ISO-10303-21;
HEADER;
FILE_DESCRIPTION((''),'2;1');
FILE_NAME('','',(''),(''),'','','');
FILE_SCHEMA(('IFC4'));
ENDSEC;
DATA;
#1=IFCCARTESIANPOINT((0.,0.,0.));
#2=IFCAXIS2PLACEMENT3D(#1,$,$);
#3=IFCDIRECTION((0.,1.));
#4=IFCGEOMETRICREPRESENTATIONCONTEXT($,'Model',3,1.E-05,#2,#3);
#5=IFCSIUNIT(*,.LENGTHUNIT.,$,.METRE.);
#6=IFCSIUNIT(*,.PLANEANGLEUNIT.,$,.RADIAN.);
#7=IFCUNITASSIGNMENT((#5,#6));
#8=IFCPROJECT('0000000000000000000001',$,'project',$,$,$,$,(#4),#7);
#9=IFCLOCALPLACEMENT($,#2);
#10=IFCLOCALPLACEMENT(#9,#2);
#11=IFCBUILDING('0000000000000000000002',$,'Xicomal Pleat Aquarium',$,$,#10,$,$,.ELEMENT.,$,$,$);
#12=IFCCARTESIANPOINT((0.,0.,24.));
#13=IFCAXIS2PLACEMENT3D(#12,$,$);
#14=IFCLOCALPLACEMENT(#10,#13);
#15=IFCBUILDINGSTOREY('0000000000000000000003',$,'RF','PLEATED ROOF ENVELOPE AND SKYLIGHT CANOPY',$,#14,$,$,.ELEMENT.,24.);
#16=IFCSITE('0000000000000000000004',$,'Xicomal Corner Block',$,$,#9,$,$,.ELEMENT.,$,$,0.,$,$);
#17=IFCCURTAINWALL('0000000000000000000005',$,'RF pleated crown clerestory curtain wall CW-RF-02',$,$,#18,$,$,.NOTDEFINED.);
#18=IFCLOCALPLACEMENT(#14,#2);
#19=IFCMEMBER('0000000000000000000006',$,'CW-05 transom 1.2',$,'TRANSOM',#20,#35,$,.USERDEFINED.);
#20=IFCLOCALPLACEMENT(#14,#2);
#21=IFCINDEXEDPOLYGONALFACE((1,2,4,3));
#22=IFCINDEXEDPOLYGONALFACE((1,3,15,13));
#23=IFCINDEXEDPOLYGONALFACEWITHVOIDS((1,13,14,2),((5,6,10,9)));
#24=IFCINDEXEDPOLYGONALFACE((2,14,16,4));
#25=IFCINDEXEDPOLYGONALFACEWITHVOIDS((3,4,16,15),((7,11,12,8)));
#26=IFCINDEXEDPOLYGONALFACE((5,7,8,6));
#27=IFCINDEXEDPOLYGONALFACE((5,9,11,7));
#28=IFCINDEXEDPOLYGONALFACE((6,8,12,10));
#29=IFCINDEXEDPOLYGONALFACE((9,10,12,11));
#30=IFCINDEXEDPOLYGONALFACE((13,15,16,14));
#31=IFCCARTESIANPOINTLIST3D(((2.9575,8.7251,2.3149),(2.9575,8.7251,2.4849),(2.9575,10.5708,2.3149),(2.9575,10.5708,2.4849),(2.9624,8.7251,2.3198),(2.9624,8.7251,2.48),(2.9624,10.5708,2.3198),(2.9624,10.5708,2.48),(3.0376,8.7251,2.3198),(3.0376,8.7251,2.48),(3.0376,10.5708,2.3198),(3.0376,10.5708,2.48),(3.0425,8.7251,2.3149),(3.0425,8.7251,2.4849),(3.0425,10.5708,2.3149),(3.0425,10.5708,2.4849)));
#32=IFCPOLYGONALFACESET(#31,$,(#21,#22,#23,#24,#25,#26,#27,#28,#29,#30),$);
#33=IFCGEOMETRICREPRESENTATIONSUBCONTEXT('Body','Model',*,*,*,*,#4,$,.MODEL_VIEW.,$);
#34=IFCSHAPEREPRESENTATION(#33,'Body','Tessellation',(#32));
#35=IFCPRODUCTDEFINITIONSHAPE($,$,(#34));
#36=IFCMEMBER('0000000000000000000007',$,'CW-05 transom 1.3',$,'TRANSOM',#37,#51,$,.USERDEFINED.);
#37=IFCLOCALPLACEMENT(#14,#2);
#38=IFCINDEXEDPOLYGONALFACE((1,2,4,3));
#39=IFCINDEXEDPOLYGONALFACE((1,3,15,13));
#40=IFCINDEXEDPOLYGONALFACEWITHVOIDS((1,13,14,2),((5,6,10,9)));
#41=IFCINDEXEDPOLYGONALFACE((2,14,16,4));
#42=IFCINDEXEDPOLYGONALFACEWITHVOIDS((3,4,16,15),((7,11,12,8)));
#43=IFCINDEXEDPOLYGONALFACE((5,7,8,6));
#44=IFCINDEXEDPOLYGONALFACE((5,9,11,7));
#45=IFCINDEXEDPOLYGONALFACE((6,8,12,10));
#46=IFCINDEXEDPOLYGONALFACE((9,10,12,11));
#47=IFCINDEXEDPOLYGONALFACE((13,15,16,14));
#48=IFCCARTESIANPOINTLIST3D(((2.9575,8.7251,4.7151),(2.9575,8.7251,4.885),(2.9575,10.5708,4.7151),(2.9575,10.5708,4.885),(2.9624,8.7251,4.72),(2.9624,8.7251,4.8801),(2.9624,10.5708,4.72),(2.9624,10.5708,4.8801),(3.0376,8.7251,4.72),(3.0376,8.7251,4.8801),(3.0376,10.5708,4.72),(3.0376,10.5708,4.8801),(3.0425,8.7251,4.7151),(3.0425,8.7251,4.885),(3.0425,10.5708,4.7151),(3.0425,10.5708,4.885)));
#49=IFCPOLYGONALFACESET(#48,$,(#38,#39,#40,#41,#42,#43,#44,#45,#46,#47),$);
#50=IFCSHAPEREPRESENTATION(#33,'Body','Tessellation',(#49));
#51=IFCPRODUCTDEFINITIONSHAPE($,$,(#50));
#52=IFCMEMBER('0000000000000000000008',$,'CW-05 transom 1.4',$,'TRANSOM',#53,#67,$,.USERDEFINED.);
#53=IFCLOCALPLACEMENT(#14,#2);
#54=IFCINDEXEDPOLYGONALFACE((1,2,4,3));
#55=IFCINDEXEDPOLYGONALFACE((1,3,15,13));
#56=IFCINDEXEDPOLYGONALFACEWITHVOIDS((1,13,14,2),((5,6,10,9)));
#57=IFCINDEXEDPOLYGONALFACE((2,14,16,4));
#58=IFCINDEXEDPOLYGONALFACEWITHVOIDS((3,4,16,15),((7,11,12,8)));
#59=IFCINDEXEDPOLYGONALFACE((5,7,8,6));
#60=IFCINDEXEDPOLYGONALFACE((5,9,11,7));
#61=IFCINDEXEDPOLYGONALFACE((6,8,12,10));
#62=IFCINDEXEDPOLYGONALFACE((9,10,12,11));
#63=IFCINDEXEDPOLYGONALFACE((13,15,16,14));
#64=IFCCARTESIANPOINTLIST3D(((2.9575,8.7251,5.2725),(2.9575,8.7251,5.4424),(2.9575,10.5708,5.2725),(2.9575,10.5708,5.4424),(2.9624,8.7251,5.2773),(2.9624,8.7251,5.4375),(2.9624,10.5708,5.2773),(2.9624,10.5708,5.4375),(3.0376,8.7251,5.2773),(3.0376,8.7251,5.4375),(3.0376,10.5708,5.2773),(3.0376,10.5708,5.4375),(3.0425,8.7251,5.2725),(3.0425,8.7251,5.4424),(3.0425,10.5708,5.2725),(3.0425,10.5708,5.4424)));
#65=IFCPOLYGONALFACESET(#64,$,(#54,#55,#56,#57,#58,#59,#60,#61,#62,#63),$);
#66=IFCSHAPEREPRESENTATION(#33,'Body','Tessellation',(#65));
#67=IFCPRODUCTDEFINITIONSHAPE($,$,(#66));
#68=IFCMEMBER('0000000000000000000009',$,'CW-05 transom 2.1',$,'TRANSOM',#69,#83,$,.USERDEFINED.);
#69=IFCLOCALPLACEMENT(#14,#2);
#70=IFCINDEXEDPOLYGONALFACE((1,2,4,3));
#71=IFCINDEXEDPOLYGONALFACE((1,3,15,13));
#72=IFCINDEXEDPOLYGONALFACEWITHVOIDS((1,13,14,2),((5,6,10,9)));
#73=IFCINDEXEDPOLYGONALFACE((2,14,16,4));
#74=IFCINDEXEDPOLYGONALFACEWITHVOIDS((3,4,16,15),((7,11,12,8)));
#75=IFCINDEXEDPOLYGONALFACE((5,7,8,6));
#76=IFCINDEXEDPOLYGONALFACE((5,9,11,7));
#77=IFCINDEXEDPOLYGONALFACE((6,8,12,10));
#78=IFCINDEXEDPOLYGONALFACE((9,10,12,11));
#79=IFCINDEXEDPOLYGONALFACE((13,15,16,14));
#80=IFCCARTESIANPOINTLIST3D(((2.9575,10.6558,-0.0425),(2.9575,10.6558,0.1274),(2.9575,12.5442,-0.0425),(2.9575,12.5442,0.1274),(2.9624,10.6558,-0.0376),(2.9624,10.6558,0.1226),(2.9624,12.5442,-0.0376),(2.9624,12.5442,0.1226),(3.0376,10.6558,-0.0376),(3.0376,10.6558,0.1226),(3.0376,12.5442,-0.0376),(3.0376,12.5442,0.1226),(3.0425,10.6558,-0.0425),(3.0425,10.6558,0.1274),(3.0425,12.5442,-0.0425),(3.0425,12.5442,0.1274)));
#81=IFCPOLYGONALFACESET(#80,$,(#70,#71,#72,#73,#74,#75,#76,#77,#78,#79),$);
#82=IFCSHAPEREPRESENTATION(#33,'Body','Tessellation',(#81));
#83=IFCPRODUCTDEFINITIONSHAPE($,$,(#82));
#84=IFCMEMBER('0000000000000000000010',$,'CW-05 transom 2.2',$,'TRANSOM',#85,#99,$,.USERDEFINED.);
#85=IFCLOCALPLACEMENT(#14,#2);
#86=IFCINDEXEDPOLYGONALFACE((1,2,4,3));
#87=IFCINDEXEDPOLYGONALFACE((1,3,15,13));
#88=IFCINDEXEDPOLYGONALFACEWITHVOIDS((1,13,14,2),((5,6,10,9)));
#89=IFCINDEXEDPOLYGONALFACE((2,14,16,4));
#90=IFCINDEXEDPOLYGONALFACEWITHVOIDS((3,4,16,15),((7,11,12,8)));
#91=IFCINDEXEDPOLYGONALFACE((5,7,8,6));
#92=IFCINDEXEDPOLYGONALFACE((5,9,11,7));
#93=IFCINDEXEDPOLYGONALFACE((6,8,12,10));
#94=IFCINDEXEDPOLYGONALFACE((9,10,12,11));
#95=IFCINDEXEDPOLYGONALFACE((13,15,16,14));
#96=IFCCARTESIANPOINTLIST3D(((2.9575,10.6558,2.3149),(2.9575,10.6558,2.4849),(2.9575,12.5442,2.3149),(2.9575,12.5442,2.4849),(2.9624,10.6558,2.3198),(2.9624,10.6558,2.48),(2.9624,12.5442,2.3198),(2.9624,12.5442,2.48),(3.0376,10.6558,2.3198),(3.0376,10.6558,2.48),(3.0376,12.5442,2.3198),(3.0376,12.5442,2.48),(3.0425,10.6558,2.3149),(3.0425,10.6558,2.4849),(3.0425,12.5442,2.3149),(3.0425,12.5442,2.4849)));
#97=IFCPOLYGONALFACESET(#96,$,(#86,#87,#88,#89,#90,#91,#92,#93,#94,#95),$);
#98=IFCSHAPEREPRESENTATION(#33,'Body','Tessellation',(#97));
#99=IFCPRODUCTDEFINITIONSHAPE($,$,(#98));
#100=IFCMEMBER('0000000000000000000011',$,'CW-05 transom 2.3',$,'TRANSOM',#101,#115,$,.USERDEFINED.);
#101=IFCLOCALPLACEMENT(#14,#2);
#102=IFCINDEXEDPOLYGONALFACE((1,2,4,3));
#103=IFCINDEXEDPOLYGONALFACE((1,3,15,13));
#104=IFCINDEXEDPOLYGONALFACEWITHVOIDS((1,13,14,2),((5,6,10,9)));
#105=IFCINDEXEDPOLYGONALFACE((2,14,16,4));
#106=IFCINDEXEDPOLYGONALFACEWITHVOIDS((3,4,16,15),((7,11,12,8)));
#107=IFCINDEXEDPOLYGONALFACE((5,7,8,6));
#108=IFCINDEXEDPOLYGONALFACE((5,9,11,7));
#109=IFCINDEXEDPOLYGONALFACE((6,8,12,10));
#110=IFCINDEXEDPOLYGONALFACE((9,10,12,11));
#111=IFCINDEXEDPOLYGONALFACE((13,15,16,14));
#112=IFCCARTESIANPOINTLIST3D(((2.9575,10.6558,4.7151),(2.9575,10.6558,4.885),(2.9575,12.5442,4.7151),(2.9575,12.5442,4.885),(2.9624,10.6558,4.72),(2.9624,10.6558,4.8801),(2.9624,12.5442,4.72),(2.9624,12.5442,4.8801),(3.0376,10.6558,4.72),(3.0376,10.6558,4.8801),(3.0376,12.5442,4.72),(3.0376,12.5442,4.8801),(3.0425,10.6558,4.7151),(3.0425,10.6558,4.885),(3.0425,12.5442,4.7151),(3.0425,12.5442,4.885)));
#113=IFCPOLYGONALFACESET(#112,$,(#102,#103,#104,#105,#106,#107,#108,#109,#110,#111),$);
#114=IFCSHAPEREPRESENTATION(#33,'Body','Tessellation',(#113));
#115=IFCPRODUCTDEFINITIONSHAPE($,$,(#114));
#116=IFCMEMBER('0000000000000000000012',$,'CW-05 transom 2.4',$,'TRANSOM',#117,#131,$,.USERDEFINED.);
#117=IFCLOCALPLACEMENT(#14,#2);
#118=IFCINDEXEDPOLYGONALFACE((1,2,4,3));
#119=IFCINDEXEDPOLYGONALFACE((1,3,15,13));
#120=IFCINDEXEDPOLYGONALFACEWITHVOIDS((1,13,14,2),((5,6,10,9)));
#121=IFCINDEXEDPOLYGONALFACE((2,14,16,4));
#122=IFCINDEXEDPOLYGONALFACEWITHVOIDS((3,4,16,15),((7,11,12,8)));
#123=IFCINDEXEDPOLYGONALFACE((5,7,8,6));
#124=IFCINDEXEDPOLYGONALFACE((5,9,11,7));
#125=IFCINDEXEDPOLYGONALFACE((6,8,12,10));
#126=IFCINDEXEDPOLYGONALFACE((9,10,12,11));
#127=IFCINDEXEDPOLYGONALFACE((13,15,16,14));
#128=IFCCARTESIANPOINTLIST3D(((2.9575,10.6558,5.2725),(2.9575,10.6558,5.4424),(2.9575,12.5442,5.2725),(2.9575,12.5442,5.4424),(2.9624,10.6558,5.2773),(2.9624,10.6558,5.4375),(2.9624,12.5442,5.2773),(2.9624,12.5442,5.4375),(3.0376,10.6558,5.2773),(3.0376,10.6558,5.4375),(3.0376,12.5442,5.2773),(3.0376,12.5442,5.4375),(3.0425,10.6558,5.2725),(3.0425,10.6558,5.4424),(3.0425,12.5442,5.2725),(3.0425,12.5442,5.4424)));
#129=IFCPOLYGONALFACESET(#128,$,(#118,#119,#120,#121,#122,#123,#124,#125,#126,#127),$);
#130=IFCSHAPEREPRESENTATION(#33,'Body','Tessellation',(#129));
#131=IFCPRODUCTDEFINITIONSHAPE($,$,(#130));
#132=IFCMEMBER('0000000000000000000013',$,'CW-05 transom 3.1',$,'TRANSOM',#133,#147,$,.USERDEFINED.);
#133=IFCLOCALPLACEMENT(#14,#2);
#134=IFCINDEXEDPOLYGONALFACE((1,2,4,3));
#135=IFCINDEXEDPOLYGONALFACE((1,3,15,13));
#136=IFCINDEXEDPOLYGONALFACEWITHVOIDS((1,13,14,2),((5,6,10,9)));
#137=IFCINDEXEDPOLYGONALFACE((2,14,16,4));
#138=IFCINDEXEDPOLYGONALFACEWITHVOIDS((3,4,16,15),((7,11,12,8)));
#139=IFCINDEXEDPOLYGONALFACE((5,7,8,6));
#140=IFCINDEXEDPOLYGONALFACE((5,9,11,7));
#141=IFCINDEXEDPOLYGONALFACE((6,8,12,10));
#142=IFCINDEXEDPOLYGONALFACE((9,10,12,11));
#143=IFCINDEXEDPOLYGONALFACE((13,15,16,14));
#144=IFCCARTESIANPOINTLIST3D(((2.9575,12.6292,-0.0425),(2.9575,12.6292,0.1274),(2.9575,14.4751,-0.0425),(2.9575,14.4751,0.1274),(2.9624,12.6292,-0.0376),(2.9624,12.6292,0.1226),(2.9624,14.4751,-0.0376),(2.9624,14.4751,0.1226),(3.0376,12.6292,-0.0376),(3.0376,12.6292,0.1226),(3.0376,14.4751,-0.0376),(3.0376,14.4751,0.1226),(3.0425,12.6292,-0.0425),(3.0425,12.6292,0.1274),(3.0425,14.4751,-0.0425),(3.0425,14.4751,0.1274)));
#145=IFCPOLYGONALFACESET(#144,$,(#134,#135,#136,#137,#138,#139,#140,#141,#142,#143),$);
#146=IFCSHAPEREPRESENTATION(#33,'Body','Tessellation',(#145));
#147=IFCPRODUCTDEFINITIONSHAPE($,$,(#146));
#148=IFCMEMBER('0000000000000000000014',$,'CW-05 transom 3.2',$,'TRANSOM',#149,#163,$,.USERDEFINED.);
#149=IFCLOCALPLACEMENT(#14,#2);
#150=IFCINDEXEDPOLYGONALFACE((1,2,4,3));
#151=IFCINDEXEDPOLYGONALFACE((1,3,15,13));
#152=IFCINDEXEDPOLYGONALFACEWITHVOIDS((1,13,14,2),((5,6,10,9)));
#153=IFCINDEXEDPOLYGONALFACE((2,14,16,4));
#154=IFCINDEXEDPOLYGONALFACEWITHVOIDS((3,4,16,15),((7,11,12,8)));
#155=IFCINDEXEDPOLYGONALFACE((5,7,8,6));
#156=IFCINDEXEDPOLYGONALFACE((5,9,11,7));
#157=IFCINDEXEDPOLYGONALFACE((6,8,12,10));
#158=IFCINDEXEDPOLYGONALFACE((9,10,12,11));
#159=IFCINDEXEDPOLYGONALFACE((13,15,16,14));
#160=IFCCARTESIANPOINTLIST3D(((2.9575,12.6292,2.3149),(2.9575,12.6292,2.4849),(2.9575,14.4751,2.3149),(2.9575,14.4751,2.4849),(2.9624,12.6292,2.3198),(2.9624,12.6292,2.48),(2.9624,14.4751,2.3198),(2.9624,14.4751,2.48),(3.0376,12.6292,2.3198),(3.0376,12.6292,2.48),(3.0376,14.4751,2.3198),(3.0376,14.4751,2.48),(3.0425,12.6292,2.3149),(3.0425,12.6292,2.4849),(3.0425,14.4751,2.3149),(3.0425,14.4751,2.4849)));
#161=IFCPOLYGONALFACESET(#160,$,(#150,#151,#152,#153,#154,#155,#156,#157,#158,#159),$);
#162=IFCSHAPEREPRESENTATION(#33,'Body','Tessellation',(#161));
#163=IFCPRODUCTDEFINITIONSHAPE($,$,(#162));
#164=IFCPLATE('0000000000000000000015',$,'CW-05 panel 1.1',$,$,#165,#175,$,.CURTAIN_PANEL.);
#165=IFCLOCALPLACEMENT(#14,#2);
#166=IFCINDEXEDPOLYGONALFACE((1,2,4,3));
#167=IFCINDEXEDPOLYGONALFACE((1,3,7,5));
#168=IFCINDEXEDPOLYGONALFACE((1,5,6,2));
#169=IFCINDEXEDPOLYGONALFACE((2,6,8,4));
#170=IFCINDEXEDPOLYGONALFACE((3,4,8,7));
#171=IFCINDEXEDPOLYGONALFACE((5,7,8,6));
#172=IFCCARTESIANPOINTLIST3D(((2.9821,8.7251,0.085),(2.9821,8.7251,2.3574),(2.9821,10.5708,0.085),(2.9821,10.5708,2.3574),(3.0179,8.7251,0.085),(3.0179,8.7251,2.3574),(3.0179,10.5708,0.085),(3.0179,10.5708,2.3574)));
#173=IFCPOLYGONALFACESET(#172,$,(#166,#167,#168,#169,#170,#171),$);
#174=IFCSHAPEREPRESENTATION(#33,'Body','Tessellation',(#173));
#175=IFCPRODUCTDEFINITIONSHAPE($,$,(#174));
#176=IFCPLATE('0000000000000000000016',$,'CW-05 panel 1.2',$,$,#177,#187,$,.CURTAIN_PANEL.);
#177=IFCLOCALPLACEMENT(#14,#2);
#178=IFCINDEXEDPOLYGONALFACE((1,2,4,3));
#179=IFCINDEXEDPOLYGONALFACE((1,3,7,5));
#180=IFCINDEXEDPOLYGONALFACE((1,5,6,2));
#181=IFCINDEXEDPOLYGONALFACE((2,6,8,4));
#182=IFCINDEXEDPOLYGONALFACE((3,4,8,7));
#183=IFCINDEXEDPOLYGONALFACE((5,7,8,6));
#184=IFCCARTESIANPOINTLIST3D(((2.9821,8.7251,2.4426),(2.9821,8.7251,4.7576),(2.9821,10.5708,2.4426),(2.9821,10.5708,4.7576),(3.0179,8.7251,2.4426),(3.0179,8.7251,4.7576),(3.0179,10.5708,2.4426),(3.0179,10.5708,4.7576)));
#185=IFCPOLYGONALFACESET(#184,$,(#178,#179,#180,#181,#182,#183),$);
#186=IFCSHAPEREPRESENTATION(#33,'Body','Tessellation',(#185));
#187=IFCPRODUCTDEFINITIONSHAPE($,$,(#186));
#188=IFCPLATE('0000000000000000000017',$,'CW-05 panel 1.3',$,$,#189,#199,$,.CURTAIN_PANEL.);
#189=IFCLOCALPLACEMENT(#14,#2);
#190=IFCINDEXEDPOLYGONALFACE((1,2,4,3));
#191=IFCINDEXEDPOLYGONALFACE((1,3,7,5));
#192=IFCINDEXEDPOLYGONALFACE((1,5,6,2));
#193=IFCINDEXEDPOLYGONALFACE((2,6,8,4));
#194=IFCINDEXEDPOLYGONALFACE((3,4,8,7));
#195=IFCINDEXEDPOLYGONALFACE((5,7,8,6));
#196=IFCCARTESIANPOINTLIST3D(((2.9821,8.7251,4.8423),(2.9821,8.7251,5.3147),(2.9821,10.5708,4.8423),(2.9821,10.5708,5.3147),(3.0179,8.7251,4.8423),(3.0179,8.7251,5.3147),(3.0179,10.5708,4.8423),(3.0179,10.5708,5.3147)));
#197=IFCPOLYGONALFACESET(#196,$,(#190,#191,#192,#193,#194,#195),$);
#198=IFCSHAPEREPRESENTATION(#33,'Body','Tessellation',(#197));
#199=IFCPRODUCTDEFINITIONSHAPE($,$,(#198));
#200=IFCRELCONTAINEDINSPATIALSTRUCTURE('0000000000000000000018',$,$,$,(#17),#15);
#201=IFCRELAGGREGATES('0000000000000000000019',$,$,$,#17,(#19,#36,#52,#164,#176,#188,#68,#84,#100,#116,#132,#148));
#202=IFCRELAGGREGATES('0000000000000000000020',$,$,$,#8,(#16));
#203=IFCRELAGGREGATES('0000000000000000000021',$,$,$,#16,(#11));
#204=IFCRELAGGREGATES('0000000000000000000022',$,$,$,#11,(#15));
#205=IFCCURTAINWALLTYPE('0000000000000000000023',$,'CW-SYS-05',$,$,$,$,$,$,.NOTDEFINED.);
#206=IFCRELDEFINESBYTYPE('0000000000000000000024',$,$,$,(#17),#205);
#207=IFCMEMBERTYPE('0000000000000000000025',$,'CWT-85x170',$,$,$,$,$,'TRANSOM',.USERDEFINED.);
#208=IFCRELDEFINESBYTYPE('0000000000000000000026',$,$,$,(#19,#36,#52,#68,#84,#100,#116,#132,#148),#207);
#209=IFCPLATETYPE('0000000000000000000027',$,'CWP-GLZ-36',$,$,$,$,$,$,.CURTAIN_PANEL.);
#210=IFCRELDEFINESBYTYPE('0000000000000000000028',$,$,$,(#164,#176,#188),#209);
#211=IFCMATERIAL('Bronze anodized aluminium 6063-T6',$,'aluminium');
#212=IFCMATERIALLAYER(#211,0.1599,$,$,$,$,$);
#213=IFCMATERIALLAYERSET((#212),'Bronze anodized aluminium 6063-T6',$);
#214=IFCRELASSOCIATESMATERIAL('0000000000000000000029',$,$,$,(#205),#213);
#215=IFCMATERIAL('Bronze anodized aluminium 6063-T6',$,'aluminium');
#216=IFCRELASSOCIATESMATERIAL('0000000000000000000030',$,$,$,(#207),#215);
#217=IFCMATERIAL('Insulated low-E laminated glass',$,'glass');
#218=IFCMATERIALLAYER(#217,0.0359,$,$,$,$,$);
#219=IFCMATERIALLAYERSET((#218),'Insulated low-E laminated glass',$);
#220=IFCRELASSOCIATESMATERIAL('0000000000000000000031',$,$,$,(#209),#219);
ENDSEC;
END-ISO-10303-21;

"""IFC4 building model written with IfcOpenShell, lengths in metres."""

from ifc_helpers import new_model, si_unit, direction, frame, origin, origin_2d, place, context, subcontext, project, spatial, rectangle, hollow_rectangle, extrude, material, layer, layer_set, material_profile, profile_set, type_object, element, aggregate, save


model = new_model("IFC4")

# Units and contexts
model_context = context("Model", 3, precision=1e-05, world=origin(), true_north=direction((0.0, 1.0)))
body_context = subcontext(model_context, "Body", "Model", "MODEL_VIEW")
ifc_project = project(units=[si_unit("LENGTHUNIT", "METRE"), si_unit("PLANEANGLEUNIT", "RADIAN")], contexts=[model_context])

# Site, building, storey
site_placement = place(None, origin())
site = spatial("IfcSite", under=ifc_project, at=site_placement, Name="Xicomal Corner Block", CompositionType="ELEMENT", RefElevation=0.0)
building_placement = place(site_placement, origin())
building = spatial("IfcBuilding", under=site, at=building_placement, Name="Xicomal Pleat Aquarium", CompositionType="ELEMENT")
storey_placement = place(building_placement, frame((0.0, 0.0, 24.0)))
storey = spatial("IfcBuildingStorey", under=building, at=storey_placement, Name="RF", Description="PLEATED ROOF ENVELOPE AND SKYLIGHT CANOPY", CompositionType="ELEMENT", Elevation=24.0)

# Curtain wall, members, plates
ifc_material_1 = material(Name="Bronze anodized aluminium 6063-T6", Category="aluminium")
ifc_layer_1 = layer(ifc_material_1, 0.1599)
ifc_layer_set_1 = layer_set([ifc_layer_1], Name="Bronze anodized aluminium 6063-T6")
curtain_wall_type = type_object("IfcCurtainWallType", Name="CW-SYS-05", PredefinedType="NOTDEFINED", material=ifc_layer_set_1)
curtain_wall_placement = place(storey_placement, origin())
curtain_wall = element("IfcCurtainWall", 1, at=curtain_wall_placement, inside=storey, type_object=curtain_wall_type, Name="RF pleated crown clerestory curtain wall CW-RF-02", PredefinedType="NOTDEFINED")
ifc_material_2 = material(Name="Bronze anodized aluminium 6063-T6", Category="aluminium")
ifc_material_profile_1 = material_profile(ifc_material_2, hollow_rectangle(XDim=0.085, YDim=0.1699, WallThickness=0.0049, at=origin_2d()), Name="ALU TRAN 85x170")
ifc_profile_set_1 = profile_set([ifc_material_profile_1], Name="Bronze anodized aluminium 6063-T6")
member_type_1 = type_object("IfcMemberType", Name="CWT-85x170", ElementType="TRANSOM", PredefinedType="USERDEFINED", material=ifc_profile_set_1)
member_1_placement = place(storey_placement, frame((3.0, 8.7251, 2.3999), z_axis=(0.0, 1.0, 0.0), x_axis=(-1.0, 0.0, 0.0)))
member_1 = element("IfcMember", 2, at=member_1_placement, type_object=member_type_1, Name="CW-05 transom 1.2", ObjectType="TRANSOM", PredefinedType="USERDEFINED", context=body_context, shape_type="SweptSolid", body=[
    extrude(hollow_rectangle(XDim=0.085, YDim=0.1699, WallThickness=0.0049, at=origin_2d()), origin(), (0.0, 0.0, 1.0), 1.8457),
])
member_2_placement = place(storey_placement, frame((3.0, 8.7251, 4.8), z_axis=(0.0, 1.0, 0.0), x_axis=(-1.0, 0.0, 0.0)))
member_2 = element("IfcMember", 3, at=member_2_placement, type_object=member_type_1, Name="CW-05 transom 1.3", ObjectType="TRANSOM", PredefinedType="USERDEFINED", context=body_context, shape_type="SweptSolid", body=[
    extrude(hollow_rectangle(XDim=0.085, YDim=0.1699, WallThickness=0.0049, at=origin_2d()), origin(), (0.0, 0.0, 1.0), 1.8457),
])
member_3_placement = place(storey_placement, frame((3.0, 8.7251, 5.3574), z_axis=(0.0, 1.0, 0.0), x_axis=(-1.0, 0.0, 0.0)))
member_3 = element("IfcMember", 4, at=member_3_placement, type_object=member_type_1, Name="CW-05 transom 1.4", ObjectType="TRANSOM", PredefinedType="USERDEFINED", context=body_context, shape_type="SweptSolid", body=[
    extrude(hollow_rectangle(XDim=0.085, YDim=0.1699, WallThickness=0.0049, at=origin_2d()), origin(), (0.0, 0.0, 1.0), 1.8457),
])
member_4_placement = place(storey_placement, frame((3.0, 10.6558, 0.0425), z_axis=(0.0, 1.0, 0.0), x_axis=(-1.0, 0.0, 0.0)))
member_4 = element("IfcMember", 5, at=member_4_placement, type_object=member_type_1, Name="CW-05 transom 2.1", ObjectType="TRANSOM", PredefinedType="USERDEFINED", context=body_context, shape_type="SweptSolid", body=[
    extrude(hollow_rectangle(XDim=0.085, YDim=0.1699, WallThickness=0.0049, at=origin_2d()), origin(), (0.0, 0.0, 1.0), 1.8884),
])
member_5_placement = place(storey_placement, frame((3.0, 10.6558, 2.3999), z_axis=(0.0, 1.0, 0.0), x_axis=(-1.0, 0.0, 0.0)))
member_5 = element("IfcMember", 6, at=member_5_placement, type_object=member_type_1, Name="CW-05 transom 2.2", ObjectType="TRANSOM", PredefinedType="USERDEFINED", context=body_context, shape_type="SweptSolid", body=[
    extrude(hollow_rectangle(XDim=0.085, YDim=0.1699, WallThickness=0.0049, at=origin_2d()), origin(), (0.0, 0.0, 1.0), 1.8884),
])
member_6_placement = place(storey_placement, frame((3.0, 10.6558, 4.8), z_axis=(0.0, 1.0, 0.0), x_axis=(-1.0, 0.0, 0.0)))
member_6 = element("IfcMember", 7, at=member_6_placement, type_object=member_type_1, Name="CW-05 transom 2.3", ObjectType="TRANSOM", PredefinedType="USERDEFINED", context=body_context, shape_type="SweptSolid", body=[
    extrude(hollow_rectangle(XDim=0.085, YDim=0.1699, WallThickness=0.0049, at=origin_2d()), origin(), (0.0, 0.0, 1.0), 1.8884),
])
member_7_placement = place(storey_placement, frame((3.0, 10.6558, 5.3574), z_axis=(0.0, 1.0, 0.0), x_axis=(-1.0, 0.0, 0.0)))
member_7 = element("IfcMember", 8, at=member_7_placement, type_object=member_type_1, Name="CW-05 transom 2.4", ObjectType="TRANSOM", PredefinedType="USERDEFINED", context=body_context, shape_type="SweptSolid", body=[
    extrude(hollow_rectangle(XDim=0.085, YDim=0.1699, WallThickness=0.0049, at=origin_2d()), origin(), (0.0, 0.0, 1.0), 1.8884),
])
member_8_placement = place(storey_placement, frame((3.0, 12.6292, 0.0425), z_axis=(0.0, 1.0, 0.0), x_axis=(-1.0, 0.0, 0.0)))
member_8 = element("IfcMember", 9, at=member_8_placement, type_object=member_type_1, Name="CW-05 transom 3.1", ObjectType="TRANSOM", PredefinedType="USERDEFINED", context=body_context, shape_type="SweptSolid", body=[
    extrude(hollow_rectangle(XDim=0.085, YDim=0.1699, WallThickness=0.0049, at=origin_2d()), origin(), (0.0, 0.0, 1.0), 1.8459),
])
member_9_placement = place(storey_placement, frame((3.0, 12.6292, 2.3999), z_axis=(0.0, 1.0, 0.0), x_axis=(-1.0, 0.0, 0.0)))
member_9 = element("IfcMember", 10, at=member_9_placement, type_object=member_type_1, Name="CW-05 transom 3.2", ObjectType="TRANSOM", PredefinedType="USERDEFINED", context=body_context, shape_type="SweptSolid", body=[
    extrude(hollow_rectangle(XDim=0.085, YDim=0.1699, WallThickness=0.0049, at=origin_2d()), origin(), (0.0, 0.0, 1.0), 1.8459),
])
ifc_material_3 = material(Name="Insulated low-E laminated glass", Category="glass")
ifc_layer_2 = layer(ifc_material_3, 0.0359)
ifc_layer_set_2 = layer_set([ifc_layer_2], Name="Insulated low-E laminated glass")
plate_type_1 = type_object("IfcPlateType", Name="CWP-GLZ-36", PredefinedType="CURTAIN_PANEL", material=ifc_layer_set_2)
plate_1_placement = place(storey_placement, frame((3.0, 9.6479, 0.085), z_axis=(0.0, 0.0, 1.0), x_axis=(0.0, 1.0, 0.0)))
plate_1 = element("IfcPlate", 11, at=plate_1_placement, type_object=plate_type_1, Name="CW-05 panel 1.1", PredefinedType="CURTAIN_PANEL", context=body_context, shape_type="SweptSolid", body=[
    extrude(rectangle(XDim=1.8457, YDim=0.0359, at=origin_2d()), origin(), (0.0, 0.0, 1.0), 2.2725),
])
plate_2_placement = place(storey_placement, frame((3.0, 9.6479, 2.4426), z_axis=(0.0, 0.0, 1.0), x_axis=(0.0, 1.0, 0.0)))
plate_2 = element("IfcPlate", 12, at=plate_2_placement, type_object=plate_type_1, Name="CW-05 panel 1.2", PredefinedType="CURTAIN_PANEL", context=body_context, shape_type="SweptSolid", body=[
    extrude(rectangle(XDim=1.8457, YDim=0.0359, at=origin_2d()), origin(), (0.0, 0.0, 1.0), 2.3149),
])
plate_3_placement = place(storey_placement, frame((3.0, 9.6479, 4.8423), z_axis=(0.0, 0.0, 1.0), x_axis=(0.0, 1.0, 0.0)))
plate_3 = element("IfcPlate", 13, at=plate_3_placement, type_object=plate_type_1, Name="CW-05 panel 1.3", PredefinedType="CURTAIN_PANEL", context=body_context, shape_type="SweptSolid", body=[
    extrude(rectangle(XDim=1.8457, YDim=0.0359, at=origin_2d()), origin(), (0.0, 0.0, 1.0), 0.4724),
])
aggregate(curtain_wall, [member_1, member_2, member_3, plate_1, plate_2, plate_3, member_4, member_5, member_6, member_7, member_8, member_9])

save(model, "model.ifc")
